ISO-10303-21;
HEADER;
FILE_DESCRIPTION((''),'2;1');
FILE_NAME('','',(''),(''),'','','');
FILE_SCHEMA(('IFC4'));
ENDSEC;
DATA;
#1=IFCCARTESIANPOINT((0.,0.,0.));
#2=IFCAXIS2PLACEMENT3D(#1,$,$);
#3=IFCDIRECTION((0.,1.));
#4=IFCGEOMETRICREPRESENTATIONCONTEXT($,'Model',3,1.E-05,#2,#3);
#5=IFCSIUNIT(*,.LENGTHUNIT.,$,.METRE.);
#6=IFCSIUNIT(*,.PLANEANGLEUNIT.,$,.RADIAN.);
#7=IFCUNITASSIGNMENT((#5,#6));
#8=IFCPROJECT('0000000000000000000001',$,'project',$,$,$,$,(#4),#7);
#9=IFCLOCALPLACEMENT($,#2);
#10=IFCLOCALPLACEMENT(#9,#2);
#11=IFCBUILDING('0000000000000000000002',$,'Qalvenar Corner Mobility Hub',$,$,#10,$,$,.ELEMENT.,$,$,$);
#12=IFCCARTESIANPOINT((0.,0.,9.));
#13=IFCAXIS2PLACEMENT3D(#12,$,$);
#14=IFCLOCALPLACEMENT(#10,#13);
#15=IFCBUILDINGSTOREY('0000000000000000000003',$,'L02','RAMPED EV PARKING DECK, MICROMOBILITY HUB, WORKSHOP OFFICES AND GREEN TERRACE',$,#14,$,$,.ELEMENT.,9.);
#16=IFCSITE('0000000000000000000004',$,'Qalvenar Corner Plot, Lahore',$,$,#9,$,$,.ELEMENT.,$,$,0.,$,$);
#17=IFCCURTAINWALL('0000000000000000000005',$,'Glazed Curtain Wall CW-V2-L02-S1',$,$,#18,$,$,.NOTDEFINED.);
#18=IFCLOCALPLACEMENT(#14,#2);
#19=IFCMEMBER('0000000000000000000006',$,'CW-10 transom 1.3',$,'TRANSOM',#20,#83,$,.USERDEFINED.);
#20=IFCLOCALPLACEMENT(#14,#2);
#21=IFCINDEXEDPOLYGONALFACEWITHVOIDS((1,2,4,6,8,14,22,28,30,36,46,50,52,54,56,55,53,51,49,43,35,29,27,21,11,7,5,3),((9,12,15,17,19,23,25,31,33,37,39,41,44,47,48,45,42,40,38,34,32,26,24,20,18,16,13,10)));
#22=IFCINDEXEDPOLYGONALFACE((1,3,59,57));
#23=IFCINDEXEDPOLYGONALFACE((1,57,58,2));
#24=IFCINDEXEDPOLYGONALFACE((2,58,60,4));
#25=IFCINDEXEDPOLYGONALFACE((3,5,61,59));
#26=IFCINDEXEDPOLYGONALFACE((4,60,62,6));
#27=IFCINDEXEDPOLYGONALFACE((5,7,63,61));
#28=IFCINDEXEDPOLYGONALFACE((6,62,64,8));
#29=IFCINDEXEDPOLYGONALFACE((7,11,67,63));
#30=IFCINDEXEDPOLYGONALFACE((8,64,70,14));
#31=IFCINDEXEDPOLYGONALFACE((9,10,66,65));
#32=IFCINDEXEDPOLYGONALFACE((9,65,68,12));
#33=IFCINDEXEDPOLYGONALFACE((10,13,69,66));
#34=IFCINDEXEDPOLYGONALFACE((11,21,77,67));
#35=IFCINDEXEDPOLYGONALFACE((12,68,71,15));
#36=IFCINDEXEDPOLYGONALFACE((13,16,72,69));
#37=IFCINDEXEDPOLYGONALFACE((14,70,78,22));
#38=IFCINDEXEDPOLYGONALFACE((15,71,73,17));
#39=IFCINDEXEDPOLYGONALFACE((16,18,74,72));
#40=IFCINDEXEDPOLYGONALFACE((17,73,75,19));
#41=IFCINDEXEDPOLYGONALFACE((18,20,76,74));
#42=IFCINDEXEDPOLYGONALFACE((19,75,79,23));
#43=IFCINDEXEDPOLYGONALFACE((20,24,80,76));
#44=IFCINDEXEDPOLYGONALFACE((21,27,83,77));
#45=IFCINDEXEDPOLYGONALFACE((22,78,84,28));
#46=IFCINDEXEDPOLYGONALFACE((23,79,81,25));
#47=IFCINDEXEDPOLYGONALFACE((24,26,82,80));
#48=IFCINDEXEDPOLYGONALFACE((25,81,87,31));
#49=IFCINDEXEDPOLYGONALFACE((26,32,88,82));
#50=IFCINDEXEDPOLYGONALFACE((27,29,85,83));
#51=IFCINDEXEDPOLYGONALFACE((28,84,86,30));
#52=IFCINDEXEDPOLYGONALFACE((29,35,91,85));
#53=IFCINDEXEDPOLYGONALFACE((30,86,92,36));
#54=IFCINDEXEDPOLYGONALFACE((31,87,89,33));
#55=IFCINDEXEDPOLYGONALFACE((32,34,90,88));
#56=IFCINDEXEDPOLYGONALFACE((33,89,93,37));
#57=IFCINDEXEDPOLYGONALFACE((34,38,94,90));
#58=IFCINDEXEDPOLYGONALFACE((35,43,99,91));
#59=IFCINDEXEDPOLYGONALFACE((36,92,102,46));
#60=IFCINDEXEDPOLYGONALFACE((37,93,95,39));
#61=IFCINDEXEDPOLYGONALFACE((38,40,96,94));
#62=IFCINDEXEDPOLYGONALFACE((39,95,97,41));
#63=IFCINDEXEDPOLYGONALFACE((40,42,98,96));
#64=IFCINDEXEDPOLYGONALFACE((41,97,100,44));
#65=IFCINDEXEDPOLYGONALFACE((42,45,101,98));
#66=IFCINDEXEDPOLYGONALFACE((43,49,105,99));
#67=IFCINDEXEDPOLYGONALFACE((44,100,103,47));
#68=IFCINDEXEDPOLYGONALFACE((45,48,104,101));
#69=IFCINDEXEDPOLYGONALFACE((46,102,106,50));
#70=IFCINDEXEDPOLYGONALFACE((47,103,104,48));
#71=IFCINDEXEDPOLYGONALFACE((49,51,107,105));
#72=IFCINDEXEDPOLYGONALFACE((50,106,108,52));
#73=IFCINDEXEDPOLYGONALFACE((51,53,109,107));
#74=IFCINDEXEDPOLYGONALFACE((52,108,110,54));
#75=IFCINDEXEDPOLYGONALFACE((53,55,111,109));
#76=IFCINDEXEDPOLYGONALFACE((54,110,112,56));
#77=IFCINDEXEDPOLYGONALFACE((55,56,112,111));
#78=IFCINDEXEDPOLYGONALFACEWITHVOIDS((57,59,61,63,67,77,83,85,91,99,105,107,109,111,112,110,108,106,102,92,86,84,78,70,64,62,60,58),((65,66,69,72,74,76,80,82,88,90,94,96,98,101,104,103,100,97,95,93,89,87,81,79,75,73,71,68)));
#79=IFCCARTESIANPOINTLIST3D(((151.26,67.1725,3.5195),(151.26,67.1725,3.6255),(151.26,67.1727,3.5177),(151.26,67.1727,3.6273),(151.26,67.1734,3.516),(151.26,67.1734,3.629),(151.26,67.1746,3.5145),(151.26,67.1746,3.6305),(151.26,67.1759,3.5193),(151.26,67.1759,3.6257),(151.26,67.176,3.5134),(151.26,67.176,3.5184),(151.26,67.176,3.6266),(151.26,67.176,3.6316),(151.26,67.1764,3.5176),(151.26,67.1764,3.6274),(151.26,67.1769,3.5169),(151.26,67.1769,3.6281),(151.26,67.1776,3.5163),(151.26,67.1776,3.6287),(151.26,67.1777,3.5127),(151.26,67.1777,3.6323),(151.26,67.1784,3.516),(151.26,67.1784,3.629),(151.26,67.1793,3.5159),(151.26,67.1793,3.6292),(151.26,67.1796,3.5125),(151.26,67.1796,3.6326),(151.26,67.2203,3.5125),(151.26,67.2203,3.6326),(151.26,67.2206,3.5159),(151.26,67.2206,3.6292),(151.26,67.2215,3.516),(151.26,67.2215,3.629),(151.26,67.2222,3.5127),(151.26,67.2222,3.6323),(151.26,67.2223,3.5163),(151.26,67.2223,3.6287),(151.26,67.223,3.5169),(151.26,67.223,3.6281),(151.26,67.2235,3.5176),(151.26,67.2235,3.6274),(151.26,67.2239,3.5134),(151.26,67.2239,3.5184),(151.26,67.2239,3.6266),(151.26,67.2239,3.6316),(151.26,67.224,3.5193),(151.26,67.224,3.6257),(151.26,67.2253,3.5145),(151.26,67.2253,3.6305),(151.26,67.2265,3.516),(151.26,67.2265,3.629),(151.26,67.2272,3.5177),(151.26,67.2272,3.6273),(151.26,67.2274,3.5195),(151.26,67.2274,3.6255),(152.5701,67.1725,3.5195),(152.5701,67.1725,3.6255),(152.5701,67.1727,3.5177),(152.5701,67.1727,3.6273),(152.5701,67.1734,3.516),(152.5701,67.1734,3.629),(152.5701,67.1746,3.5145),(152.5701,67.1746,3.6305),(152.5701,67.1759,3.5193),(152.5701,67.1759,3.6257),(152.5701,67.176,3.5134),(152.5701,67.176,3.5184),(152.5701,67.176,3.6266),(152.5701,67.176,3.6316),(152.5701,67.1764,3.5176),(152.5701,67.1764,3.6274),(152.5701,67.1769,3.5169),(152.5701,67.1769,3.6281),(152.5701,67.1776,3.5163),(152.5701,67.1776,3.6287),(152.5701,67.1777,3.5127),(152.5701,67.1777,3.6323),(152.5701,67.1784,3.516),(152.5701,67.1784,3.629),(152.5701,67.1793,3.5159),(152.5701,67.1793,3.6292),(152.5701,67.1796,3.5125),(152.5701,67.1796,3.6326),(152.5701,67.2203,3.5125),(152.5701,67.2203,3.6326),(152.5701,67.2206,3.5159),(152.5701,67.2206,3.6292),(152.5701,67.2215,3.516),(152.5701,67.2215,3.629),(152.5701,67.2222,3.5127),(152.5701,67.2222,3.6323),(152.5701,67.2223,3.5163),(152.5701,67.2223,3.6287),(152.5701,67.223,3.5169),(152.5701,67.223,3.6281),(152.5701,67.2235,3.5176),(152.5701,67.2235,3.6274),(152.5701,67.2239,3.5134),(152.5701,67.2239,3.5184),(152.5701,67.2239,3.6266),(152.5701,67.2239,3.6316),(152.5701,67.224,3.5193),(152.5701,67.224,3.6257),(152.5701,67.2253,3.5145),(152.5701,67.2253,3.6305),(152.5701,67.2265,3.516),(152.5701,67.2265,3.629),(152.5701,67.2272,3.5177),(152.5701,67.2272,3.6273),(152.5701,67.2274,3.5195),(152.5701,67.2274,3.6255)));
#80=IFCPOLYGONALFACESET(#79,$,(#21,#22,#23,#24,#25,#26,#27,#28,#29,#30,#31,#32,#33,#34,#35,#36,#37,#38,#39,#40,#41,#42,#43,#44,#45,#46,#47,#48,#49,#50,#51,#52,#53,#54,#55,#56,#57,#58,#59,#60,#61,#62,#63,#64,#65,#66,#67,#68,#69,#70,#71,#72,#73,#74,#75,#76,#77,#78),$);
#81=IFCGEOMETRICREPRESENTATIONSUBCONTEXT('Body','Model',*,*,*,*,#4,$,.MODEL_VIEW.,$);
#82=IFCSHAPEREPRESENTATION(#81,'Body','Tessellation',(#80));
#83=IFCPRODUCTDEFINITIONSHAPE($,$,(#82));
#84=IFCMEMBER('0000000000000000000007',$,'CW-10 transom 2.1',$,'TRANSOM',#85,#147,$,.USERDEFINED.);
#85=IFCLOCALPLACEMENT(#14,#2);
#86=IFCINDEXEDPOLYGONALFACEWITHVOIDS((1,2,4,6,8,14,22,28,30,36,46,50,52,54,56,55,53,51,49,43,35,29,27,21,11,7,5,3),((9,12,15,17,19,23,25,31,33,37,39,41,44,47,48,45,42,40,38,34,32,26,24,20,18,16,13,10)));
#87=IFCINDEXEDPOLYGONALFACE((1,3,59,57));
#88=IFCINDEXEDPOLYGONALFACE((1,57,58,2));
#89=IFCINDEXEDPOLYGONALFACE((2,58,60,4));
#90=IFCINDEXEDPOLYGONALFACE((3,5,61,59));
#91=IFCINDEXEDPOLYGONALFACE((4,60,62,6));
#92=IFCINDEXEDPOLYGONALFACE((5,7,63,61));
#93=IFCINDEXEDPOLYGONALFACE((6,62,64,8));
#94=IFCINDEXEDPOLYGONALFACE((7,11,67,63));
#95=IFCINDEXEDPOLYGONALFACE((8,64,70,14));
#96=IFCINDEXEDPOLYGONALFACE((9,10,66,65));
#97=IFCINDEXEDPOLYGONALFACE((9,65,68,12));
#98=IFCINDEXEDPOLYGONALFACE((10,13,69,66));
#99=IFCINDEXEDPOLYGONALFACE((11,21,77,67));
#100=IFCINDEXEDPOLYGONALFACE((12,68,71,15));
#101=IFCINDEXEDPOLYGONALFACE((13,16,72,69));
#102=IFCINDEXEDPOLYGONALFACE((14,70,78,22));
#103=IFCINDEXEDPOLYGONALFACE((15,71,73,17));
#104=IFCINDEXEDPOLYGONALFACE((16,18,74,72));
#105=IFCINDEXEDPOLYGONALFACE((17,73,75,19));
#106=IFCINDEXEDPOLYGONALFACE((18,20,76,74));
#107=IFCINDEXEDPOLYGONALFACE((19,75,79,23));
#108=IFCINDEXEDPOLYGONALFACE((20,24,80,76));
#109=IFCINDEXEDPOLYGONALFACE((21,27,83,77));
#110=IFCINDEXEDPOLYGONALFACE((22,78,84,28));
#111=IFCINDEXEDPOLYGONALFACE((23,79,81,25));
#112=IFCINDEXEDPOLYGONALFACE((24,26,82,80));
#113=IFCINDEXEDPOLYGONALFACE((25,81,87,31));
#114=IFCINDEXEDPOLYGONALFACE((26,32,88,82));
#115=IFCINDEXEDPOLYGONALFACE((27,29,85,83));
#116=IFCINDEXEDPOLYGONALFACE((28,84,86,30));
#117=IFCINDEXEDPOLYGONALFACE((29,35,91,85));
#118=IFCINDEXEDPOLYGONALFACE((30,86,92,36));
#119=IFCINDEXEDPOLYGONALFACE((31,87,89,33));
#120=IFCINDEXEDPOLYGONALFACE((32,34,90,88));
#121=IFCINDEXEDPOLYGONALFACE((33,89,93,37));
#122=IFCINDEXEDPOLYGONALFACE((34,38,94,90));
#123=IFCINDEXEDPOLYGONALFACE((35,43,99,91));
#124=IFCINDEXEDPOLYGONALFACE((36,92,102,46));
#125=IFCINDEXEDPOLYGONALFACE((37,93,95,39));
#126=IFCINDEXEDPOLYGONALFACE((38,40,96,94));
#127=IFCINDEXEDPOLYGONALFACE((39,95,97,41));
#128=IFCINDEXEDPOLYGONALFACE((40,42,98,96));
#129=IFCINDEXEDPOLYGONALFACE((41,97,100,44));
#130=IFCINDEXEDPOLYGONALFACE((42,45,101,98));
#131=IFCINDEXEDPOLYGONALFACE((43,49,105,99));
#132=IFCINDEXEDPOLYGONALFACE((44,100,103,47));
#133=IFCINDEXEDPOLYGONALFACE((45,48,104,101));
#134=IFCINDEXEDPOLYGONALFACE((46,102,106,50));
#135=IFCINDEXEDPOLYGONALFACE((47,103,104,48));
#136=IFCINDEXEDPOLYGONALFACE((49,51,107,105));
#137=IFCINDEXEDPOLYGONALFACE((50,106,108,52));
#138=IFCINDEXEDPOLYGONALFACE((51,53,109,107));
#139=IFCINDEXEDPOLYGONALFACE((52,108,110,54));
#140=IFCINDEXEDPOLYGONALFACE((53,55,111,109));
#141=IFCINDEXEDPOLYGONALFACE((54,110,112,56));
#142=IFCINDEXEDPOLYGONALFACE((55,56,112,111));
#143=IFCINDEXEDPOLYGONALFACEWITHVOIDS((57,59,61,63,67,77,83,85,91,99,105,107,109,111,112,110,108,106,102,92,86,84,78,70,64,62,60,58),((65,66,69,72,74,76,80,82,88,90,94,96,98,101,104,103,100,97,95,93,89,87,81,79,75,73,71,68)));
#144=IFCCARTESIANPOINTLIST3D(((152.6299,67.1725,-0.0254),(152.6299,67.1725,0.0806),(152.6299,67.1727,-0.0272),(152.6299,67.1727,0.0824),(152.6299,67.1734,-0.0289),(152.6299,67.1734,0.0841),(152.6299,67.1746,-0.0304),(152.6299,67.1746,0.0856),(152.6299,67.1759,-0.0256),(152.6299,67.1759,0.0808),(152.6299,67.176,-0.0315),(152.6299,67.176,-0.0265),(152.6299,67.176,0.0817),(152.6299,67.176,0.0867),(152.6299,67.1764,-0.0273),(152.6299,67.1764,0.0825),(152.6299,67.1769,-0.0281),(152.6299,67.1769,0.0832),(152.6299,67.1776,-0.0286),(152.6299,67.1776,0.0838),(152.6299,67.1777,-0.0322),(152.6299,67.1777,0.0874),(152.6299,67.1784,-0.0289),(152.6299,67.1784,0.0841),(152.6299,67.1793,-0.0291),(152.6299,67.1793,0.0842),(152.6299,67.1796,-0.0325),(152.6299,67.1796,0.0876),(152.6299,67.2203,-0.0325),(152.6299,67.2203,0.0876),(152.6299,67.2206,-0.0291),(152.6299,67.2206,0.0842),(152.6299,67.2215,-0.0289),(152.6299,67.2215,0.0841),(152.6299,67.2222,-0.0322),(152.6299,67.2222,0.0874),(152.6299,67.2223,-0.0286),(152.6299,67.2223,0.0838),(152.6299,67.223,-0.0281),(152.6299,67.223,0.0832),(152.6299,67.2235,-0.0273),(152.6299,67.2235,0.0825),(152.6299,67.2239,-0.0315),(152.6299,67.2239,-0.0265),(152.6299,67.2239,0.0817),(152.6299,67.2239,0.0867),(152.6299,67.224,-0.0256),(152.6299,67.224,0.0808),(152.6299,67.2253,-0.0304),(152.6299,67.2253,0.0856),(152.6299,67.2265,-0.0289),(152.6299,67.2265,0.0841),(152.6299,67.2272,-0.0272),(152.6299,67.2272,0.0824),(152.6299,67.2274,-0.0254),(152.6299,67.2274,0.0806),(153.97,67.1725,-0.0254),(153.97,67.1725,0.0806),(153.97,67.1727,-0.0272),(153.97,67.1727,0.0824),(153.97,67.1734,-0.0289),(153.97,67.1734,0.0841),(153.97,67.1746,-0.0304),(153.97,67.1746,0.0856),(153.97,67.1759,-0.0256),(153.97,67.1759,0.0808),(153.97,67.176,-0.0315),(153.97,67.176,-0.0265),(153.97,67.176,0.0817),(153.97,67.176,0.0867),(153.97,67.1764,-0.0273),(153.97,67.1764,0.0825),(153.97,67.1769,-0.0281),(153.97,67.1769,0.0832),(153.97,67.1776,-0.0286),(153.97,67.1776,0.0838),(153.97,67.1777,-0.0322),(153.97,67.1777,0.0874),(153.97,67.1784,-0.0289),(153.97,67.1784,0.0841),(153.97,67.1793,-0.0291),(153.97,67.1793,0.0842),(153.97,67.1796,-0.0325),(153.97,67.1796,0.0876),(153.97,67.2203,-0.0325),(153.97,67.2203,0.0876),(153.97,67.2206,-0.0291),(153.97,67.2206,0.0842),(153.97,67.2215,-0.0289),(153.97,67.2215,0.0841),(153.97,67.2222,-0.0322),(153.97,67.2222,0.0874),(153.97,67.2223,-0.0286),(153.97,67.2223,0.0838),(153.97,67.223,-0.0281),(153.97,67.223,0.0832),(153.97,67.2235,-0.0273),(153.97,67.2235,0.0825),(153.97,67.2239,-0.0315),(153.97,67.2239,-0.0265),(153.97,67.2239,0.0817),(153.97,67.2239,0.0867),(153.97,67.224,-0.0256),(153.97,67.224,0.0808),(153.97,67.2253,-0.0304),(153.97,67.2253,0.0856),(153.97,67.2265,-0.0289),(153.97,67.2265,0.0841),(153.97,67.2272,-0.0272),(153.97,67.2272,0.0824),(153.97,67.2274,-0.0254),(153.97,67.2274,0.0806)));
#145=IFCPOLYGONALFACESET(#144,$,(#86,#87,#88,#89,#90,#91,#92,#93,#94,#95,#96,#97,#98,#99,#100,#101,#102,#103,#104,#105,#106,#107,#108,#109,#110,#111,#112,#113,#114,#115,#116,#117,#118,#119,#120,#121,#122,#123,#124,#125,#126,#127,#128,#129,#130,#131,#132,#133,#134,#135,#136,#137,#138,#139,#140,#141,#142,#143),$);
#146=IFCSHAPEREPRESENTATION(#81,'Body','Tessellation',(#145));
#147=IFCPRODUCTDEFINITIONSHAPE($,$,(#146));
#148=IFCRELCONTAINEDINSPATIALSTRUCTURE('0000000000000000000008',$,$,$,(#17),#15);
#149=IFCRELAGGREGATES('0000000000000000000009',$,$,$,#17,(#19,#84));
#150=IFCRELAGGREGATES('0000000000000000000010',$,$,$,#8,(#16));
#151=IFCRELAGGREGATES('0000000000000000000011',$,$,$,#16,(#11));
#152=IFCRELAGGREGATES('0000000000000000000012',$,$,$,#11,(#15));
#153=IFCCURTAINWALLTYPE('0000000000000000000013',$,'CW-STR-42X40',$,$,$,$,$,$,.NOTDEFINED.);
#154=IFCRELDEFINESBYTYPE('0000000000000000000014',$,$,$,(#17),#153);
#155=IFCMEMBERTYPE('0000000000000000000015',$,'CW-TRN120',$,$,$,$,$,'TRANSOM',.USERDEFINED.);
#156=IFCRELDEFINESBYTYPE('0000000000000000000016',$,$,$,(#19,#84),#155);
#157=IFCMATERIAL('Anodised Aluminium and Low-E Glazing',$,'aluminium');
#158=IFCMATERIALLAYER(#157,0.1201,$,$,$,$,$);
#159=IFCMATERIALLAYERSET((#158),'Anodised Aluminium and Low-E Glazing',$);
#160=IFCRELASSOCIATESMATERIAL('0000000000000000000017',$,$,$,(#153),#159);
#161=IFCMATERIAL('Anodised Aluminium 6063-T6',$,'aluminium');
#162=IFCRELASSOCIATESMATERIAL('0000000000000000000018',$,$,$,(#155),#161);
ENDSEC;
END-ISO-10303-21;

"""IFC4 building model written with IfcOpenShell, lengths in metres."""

from ifc_helpers import new_model, si_unit, direction, frame, origin, origin_2d, place, context, subcontext, project, spatial, hollow_rectangle, extrude, material, layer, layer_set, material_profile, profile_set, type_object, element, aggregate, save


model = new_model("IFC4")

# Units and contexts
model_context = context("Model", 3, precision=1e-05, world=origin(), true_north=direction((0.0, 1.0)))
body_context = subcontext(model_context, "Body", "Model", "MODEL_VIEW")
ifc_project = project(units=[si_unit("LENGTHUNIT", "METRE"), si_unit("PLANEANGLEUNIT", "RADIAN")], contexts=[model_context])

# Site, building, storey
site_placement = place(None, origin())
site = spatial("IfcSite", under=ifc_project, at=site_placement, Name="Qalvenar Corner Plot, Lahore", CompositionType="ELEMENT", RefElevation=0.0)
building_placement = place(site_placement, origin())
building = spatial("IfcBuilding", under=site, at=building_placement, Name="Qalvenar Corner Mobility Hub", CompositionType="ELEMENT")
storey_placement = place(building_placement, frame((0.0, 0.0, 9.0)))
storey = spatial("IfcBuildingStorey", under=building, at=storey_placement, Name="L02", Description="RAMPED EV PARKING DECK, MICROMOBILITY HUB, WORKSHOP OFFICES AND GREEN TERRACE", CompositionType="ELEMENT", Elevation=9.0)

# Curtain wall, members
ifc_material_1 = material(Name="Anodised Aluminium and Low-E Glazing", Category="aluminium")
ifc_layer_1 = layer(ifc_material_1, 0.1201)
ifc_layer_set_1 = layer_set([ifc_layer_1], Name="Anodised Aluminium and Low-E Glazing")
curtain_wall_type = type_object("IfcCurtainWallType", Name="CW-STR-42X40", PredefinedType="NOTDEFINED", material=ifc_layer_set_1)
curtain_wall_placement = place(storey_placement, origin())
curtain_wall = element("IfcCurtainWall", 1, at=curtain_wall_placement, inside=storey, type_object=curtain_wall_type, Name="Glazed Curtain Wall CW-V2-L02-S1", PredefinedType="NOTDEFINED")
ifc_material_2 = material(Name="Anodised Aluminium 6063-T6", Category="aluminium")
ifc_material_profile_1 = material_profile(ifc_material_2, hollow_rectangle(XDim=0.0549, YDim=0.1201, WallThickness=0.0034, InnerFilletRadius=0.0034, OuterFilletRadius=0.0071, at=origin_2d()), Name="RHS120x55x3.5")
ifc_profile_set_1 = profile_set([ifc_material_profile_1], Name="Anodised Aluminium 6063-T6")
member_type_1 = type_object("IfcMemberType", Name="CW-TRN120", ElementType="TRANSOM", PredefinedType="USERDEFINED", material=ifc_profile_set_1)
member_1_placement = place(storey_placement, frame((151.26, 67.2, 3.5725), z_axis=(1.0, 0.0, 0.0), x_axis=(0.0, 1.0, 0.0)))
member_1 = element("IfcMember", 2, at=member_1_placement, type_object=member_type_1, Name="CW-10 transom 1.3", ObjectType="TRANSOM", PredefinedType="USERDEFINED", context=body_context, shape_type="SweptSolid", body=[
    extrude(hollow_rectangle(XDim=0.0549, YDim=0.1201, WallThickness=0.0034, InnerFilletRadius=0.0034, OuterFilletRadius=0.0071, at=origin_2d()), origin(), (0.0, 0.0, 1.0), 1.3101),
])
member_2_placement = place(storey_placement, frame((152.6299, 67.2, 0.0276), z_axis=(1.0, 0.0, 0.0), x_axis=(0.0, 1.0, 0.0)))
member_2 = element("IfcMember", 3, at=member_2_placement, type_object=member_type_1, Name="CW-10 transom 2.1", ObjectType="TRANSOM", PredefinedType="USERDEFINED", context=body_context, shape_type="SweptSolid", body=[
    extrude(hollow_rectangle(XDim=0.0549, YDim=0.1201, WallThickness=0.0034, InnerFilletRadius=0.0034, OuterFilletRadius=0.0071, at=origin_2d()), origin(), (0.0, 0.0, 1.0), 1.3401),
])
aggregate(curtain_wall, [member_1, member_2])

save(model, "model.ifc")
